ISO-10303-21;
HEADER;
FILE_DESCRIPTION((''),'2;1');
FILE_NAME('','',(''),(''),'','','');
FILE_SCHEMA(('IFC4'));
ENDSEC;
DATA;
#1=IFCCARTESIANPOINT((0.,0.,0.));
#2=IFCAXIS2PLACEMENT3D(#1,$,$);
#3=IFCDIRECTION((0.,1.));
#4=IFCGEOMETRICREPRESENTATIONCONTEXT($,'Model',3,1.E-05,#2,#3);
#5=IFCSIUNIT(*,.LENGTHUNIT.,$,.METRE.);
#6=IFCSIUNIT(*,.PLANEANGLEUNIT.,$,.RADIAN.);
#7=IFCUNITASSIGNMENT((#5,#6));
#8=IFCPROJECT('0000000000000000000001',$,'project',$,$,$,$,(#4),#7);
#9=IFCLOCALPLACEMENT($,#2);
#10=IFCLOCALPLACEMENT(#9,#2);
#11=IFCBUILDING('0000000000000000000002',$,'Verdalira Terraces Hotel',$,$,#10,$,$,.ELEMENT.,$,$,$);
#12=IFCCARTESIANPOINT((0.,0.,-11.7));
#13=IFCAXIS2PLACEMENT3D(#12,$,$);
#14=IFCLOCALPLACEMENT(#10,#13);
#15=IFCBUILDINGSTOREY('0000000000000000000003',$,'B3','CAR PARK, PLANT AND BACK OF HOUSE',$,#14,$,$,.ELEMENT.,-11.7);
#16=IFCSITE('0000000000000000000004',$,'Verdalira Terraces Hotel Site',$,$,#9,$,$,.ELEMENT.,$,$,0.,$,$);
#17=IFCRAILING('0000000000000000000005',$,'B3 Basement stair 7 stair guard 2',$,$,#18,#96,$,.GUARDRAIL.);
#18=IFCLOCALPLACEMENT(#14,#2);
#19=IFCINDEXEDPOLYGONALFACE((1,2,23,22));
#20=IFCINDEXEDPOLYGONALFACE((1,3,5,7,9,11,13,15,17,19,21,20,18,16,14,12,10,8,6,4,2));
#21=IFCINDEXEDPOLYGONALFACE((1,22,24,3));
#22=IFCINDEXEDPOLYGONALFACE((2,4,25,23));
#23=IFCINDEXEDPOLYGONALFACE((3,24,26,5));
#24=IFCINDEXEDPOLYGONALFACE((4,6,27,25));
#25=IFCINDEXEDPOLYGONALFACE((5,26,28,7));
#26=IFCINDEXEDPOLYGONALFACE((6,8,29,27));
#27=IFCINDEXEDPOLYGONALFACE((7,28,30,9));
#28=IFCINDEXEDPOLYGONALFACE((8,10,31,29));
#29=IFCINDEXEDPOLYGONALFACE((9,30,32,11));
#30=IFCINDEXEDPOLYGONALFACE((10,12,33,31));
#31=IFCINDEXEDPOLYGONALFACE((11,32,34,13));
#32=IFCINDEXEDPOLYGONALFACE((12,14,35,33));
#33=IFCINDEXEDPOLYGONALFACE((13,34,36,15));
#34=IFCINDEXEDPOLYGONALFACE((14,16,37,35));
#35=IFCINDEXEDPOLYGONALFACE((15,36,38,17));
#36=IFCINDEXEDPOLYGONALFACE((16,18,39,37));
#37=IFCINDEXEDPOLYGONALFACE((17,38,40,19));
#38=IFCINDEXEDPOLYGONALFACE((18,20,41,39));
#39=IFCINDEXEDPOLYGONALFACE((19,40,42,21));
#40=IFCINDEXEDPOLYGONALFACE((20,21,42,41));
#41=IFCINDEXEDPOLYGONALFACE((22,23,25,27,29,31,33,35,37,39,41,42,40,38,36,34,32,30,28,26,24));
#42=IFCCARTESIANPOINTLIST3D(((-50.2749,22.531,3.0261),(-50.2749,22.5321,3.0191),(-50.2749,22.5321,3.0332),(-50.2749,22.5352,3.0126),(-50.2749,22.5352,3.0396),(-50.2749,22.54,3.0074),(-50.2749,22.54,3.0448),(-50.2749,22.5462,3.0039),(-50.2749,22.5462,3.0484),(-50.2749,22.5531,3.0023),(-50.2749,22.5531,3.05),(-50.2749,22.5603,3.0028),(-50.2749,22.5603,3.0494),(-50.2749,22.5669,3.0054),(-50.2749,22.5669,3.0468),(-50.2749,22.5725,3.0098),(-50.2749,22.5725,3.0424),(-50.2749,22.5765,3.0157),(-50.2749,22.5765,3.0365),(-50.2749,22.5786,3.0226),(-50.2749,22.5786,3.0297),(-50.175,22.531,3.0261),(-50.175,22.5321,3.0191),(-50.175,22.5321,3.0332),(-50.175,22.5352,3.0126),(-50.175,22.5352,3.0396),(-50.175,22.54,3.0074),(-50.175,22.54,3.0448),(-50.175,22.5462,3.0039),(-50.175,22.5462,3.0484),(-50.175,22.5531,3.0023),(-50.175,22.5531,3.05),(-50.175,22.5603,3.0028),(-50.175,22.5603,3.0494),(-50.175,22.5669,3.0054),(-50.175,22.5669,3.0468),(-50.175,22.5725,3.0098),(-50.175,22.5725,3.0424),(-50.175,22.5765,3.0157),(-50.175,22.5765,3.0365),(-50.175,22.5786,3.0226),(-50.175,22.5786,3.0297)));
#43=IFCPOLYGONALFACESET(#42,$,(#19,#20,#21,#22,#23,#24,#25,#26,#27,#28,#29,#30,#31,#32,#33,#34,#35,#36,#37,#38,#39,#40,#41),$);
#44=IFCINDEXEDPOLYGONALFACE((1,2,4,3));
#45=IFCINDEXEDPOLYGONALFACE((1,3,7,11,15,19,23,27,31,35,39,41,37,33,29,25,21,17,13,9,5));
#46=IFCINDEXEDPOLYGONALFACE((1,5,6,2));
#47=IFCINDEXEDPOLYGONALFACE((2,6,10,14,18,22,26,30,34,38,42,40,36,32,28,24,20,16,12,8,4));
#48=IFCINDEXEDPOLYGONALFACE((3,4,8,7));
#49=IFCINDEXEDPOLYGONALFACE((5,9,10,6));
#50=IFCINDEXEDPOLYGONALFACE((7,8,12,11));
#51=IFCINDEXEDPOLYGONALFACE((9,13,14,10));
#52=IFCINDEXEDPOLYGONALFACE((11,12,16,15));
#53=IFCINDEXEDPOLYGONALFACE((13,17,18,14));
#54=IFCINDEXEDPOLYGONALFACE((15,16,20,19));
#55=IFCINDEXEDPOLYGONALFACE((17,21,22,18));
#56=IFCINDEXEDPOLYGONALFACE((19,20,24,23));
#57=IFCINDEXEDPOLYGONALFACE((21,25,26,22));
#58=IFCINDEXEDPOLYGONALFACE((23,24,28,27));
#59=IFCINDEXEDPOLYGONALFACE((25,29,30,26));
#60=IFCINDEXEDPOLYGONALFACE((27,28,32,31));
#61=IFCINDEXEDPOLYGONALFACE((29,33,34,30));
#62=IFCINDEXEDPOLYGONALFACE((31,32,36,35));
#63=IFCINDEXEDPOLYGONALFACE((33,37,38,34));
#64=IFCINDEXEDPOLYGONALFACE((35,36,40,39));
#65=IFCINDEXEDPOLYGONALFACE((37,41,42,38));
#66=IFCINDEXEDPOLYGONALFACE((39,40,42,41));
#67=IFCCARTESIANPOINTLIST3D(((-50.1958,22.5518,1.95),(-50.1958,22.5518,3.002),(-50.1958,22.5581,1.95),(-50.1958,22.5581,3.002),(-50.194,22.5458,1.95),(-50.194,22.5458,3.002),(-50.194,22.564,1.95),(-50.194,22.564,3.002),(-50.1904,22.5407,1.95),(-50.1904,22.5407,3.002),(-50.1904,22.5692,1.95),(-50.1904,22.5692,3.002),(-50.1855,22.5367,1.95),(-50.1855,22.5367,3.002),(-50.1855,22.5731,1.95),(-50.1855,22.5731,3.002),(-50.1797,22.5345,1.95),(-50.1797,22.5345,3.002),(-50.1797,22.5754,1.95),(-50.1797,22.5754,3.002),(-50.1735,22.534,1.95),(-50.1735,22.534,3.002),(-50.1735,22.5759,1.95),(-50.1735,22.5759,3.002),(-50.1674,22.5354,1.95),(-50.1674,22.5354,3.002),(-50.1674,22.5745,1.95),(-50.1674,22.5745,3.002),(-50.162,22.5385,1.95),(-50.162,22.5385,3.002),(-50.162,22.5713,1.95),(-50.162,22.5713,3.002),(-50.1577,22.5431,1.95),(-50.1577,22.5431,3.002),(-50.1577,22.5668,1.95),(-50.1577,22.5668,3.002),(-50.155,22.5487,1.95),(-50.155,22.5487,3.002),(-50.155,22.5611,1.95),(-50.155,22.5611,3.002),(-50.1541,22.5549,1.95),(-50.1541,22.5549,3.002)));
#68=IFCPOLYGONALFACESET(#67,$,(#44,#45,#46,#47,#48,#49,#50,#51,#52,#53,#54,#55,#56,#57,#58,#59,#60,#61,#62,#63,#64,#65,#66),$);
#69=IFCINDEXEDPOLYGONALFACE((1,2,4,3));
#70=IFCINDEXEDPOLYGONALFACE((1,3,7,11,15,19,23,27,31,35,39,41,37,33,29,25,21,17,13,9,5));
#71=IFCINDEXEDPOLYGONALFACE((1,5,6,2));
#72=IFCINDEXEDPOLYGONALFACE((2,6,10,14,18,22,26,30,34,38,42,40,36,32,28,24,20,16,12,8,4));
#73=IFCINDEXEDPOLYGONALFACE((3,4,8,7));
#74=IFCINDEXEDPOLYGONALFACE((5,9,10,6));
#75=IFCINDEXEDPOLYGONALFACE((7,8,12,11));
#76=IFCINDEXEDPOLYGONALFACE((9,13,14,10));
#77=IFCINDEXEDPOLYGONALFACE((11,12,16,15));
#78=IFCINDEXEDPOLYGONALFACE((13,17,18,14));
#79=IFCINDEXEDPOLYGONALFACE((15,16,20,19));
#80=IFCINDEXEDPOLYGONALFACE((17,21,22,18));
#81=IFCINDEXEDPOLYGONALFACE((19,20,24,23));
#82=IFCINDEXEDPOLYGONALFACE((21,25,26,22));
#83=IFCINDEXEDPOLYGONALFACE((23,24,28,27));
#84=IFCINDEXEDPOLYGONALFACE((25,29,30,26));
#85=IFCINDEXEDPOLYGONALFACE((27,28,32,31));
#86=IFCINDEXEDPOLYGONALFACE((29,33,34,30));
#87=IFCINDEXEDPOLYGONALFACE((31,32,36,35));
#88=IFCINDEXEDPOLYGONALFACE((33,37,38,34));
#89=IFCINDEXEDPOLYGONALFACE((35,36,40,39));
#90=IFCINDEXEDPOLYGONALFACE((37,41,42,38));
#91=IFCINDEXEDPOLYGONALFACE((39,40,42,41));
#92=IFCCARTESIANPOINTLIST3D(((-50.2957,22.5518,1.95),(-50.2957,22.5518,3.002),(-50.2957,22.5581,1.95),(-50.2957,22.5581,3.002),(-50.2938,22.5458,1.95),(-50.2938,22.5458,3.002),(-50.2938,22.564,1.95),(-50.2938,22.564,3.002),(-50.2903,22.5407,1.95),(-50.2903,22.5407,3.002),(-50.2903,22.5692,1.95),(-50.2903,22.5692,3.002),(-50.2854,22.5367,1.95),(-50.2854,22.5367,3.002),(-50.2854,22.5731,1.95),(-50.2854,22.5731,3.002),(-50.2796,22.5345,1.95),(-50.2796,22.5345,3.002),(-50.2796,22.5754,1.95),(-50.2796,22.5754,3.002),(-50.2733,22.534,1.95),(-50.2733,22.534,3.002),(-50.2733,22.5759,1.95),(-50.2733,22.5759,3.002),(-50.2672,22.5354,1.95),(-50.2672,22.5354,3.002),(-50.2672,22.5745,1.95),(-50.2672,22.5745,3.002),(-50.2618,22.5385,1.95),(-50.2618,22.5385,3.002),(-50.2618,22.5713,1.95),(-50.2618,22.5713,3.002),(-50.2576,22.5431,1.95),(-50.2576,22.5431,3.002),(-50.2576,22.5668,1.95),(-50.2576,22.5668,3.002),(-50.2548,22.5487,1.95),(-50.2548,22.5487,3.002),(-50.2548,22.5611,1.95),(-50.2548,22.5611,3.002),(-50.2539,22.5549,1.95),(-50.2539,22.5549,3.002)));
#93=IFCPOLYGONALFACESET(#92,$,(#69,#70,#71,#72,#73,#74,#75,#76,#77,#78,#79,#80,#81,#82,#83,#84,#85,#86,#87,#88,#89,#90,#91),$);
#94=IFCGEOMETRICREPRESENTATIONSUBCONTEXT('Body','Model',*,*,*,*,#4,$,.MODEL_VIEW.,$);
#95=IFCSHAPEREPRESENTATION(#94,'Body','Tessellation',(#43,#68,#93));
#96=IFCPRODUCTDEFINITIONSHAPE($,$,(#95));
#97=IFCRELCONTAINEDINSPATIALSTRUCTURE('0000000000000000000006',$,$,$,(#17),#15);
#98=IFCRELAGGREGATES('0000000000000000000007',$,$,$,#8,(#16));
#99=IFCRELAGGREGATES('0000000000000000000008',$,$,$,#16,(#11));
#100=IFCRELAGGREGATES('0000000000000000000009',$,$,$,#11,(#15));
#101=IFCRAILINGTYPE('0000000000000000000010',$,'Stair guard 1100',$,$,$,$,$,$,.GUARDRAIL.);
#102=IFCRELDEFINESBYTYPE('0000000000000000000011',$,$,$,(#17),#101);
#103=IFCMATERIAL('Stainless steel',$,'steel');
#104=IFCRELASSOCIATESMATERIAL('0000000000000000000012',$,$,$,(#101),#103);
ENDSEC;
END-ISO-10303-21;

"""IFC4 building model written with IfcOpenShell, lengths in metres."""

from ifc_helpers import new_model, si_unit, direction, frame, origin, origin_2d, place, context, subcontext, project, spatial, circle, extrude, material, type_object, element, save


model = new_model("IFC4")

# Units and contexts
model_context = context("Model", 3, precision=1e-05, world=origin(), true_north=direction((0.0, 1.0)))
body_context = subcontext(model_context, "Body", "Model", "MODEL_VIEW")
ifc_project = project(units=[si_unit("LENGTHUNIT", "METRE"), si_unit("PLANEANGLEUNIT", "RADIAN")], contexts=[model_context])

# Site, building, storey
site_placement = place(None, origin())
site = spatial("IfcSite", under=ifc_project, at=site_placement, Name="Verdalira Terraces Hotel Site", CompositionType="ELEMENT", RefElevation=0.0)
building_placement = place(site_placement, origin())
building = spatial("IfcBuilding", under=site, at=building_placement, Name="Verdalira Terraces Hotel", CompositionType="ELEMENT")
storey_placement = place(building_placement, frame((0.0, 0.0, -11.7)))
storey = spatial("IfcBuildingStorey", under=building, at=storey_placement, Name="B3", Description="CAR PARK, PLANT AND BACK OF HOUSE", CompositionType="ELEMENT", Elevation=-11.7)

# Railing
ifc_material_1 = material(Name="Stainless steel", Category="steel")
railing_type_1 = type_object("IfcRailingType", Name="Stair guard 1100", PredefinedType="GUARDRAIL", material=ifc_material_1)
railing_1_placement = place(storey_placement, frame((-50.175, 22.5549, 1.95)))
element("IfcRailing", 1, at=railing_1_placement, inside=storey, type_object=railing_type_1, Name="B3 Basement stair 7 stair guard 2", PredefinedType="GUARDRAIL", context=body_context, shape_type="SweptSolid", body=[
    extrude(circle(Radius=0.0239, at=origin_2d()), frame((0.0, 0.0, 1.0762), z_axis=(-1.0, 0.0, 0.0), x_axis=(0.0, -1.0, 0.0)), (0.0, 0.0, 1.0), 0.0999),
    extrude(circle(Radius=0.021, at=origin_2d()), origin(), (0.0, 0.0, 1.0), 1.052),
    extrude(circle(Radius=0.021, at=origin_2d()), frame((-0.0999, 0.0, 0.0)), (0.0, 0.0, 1.0), 1.052),
])

save(model, "model.ifc")
